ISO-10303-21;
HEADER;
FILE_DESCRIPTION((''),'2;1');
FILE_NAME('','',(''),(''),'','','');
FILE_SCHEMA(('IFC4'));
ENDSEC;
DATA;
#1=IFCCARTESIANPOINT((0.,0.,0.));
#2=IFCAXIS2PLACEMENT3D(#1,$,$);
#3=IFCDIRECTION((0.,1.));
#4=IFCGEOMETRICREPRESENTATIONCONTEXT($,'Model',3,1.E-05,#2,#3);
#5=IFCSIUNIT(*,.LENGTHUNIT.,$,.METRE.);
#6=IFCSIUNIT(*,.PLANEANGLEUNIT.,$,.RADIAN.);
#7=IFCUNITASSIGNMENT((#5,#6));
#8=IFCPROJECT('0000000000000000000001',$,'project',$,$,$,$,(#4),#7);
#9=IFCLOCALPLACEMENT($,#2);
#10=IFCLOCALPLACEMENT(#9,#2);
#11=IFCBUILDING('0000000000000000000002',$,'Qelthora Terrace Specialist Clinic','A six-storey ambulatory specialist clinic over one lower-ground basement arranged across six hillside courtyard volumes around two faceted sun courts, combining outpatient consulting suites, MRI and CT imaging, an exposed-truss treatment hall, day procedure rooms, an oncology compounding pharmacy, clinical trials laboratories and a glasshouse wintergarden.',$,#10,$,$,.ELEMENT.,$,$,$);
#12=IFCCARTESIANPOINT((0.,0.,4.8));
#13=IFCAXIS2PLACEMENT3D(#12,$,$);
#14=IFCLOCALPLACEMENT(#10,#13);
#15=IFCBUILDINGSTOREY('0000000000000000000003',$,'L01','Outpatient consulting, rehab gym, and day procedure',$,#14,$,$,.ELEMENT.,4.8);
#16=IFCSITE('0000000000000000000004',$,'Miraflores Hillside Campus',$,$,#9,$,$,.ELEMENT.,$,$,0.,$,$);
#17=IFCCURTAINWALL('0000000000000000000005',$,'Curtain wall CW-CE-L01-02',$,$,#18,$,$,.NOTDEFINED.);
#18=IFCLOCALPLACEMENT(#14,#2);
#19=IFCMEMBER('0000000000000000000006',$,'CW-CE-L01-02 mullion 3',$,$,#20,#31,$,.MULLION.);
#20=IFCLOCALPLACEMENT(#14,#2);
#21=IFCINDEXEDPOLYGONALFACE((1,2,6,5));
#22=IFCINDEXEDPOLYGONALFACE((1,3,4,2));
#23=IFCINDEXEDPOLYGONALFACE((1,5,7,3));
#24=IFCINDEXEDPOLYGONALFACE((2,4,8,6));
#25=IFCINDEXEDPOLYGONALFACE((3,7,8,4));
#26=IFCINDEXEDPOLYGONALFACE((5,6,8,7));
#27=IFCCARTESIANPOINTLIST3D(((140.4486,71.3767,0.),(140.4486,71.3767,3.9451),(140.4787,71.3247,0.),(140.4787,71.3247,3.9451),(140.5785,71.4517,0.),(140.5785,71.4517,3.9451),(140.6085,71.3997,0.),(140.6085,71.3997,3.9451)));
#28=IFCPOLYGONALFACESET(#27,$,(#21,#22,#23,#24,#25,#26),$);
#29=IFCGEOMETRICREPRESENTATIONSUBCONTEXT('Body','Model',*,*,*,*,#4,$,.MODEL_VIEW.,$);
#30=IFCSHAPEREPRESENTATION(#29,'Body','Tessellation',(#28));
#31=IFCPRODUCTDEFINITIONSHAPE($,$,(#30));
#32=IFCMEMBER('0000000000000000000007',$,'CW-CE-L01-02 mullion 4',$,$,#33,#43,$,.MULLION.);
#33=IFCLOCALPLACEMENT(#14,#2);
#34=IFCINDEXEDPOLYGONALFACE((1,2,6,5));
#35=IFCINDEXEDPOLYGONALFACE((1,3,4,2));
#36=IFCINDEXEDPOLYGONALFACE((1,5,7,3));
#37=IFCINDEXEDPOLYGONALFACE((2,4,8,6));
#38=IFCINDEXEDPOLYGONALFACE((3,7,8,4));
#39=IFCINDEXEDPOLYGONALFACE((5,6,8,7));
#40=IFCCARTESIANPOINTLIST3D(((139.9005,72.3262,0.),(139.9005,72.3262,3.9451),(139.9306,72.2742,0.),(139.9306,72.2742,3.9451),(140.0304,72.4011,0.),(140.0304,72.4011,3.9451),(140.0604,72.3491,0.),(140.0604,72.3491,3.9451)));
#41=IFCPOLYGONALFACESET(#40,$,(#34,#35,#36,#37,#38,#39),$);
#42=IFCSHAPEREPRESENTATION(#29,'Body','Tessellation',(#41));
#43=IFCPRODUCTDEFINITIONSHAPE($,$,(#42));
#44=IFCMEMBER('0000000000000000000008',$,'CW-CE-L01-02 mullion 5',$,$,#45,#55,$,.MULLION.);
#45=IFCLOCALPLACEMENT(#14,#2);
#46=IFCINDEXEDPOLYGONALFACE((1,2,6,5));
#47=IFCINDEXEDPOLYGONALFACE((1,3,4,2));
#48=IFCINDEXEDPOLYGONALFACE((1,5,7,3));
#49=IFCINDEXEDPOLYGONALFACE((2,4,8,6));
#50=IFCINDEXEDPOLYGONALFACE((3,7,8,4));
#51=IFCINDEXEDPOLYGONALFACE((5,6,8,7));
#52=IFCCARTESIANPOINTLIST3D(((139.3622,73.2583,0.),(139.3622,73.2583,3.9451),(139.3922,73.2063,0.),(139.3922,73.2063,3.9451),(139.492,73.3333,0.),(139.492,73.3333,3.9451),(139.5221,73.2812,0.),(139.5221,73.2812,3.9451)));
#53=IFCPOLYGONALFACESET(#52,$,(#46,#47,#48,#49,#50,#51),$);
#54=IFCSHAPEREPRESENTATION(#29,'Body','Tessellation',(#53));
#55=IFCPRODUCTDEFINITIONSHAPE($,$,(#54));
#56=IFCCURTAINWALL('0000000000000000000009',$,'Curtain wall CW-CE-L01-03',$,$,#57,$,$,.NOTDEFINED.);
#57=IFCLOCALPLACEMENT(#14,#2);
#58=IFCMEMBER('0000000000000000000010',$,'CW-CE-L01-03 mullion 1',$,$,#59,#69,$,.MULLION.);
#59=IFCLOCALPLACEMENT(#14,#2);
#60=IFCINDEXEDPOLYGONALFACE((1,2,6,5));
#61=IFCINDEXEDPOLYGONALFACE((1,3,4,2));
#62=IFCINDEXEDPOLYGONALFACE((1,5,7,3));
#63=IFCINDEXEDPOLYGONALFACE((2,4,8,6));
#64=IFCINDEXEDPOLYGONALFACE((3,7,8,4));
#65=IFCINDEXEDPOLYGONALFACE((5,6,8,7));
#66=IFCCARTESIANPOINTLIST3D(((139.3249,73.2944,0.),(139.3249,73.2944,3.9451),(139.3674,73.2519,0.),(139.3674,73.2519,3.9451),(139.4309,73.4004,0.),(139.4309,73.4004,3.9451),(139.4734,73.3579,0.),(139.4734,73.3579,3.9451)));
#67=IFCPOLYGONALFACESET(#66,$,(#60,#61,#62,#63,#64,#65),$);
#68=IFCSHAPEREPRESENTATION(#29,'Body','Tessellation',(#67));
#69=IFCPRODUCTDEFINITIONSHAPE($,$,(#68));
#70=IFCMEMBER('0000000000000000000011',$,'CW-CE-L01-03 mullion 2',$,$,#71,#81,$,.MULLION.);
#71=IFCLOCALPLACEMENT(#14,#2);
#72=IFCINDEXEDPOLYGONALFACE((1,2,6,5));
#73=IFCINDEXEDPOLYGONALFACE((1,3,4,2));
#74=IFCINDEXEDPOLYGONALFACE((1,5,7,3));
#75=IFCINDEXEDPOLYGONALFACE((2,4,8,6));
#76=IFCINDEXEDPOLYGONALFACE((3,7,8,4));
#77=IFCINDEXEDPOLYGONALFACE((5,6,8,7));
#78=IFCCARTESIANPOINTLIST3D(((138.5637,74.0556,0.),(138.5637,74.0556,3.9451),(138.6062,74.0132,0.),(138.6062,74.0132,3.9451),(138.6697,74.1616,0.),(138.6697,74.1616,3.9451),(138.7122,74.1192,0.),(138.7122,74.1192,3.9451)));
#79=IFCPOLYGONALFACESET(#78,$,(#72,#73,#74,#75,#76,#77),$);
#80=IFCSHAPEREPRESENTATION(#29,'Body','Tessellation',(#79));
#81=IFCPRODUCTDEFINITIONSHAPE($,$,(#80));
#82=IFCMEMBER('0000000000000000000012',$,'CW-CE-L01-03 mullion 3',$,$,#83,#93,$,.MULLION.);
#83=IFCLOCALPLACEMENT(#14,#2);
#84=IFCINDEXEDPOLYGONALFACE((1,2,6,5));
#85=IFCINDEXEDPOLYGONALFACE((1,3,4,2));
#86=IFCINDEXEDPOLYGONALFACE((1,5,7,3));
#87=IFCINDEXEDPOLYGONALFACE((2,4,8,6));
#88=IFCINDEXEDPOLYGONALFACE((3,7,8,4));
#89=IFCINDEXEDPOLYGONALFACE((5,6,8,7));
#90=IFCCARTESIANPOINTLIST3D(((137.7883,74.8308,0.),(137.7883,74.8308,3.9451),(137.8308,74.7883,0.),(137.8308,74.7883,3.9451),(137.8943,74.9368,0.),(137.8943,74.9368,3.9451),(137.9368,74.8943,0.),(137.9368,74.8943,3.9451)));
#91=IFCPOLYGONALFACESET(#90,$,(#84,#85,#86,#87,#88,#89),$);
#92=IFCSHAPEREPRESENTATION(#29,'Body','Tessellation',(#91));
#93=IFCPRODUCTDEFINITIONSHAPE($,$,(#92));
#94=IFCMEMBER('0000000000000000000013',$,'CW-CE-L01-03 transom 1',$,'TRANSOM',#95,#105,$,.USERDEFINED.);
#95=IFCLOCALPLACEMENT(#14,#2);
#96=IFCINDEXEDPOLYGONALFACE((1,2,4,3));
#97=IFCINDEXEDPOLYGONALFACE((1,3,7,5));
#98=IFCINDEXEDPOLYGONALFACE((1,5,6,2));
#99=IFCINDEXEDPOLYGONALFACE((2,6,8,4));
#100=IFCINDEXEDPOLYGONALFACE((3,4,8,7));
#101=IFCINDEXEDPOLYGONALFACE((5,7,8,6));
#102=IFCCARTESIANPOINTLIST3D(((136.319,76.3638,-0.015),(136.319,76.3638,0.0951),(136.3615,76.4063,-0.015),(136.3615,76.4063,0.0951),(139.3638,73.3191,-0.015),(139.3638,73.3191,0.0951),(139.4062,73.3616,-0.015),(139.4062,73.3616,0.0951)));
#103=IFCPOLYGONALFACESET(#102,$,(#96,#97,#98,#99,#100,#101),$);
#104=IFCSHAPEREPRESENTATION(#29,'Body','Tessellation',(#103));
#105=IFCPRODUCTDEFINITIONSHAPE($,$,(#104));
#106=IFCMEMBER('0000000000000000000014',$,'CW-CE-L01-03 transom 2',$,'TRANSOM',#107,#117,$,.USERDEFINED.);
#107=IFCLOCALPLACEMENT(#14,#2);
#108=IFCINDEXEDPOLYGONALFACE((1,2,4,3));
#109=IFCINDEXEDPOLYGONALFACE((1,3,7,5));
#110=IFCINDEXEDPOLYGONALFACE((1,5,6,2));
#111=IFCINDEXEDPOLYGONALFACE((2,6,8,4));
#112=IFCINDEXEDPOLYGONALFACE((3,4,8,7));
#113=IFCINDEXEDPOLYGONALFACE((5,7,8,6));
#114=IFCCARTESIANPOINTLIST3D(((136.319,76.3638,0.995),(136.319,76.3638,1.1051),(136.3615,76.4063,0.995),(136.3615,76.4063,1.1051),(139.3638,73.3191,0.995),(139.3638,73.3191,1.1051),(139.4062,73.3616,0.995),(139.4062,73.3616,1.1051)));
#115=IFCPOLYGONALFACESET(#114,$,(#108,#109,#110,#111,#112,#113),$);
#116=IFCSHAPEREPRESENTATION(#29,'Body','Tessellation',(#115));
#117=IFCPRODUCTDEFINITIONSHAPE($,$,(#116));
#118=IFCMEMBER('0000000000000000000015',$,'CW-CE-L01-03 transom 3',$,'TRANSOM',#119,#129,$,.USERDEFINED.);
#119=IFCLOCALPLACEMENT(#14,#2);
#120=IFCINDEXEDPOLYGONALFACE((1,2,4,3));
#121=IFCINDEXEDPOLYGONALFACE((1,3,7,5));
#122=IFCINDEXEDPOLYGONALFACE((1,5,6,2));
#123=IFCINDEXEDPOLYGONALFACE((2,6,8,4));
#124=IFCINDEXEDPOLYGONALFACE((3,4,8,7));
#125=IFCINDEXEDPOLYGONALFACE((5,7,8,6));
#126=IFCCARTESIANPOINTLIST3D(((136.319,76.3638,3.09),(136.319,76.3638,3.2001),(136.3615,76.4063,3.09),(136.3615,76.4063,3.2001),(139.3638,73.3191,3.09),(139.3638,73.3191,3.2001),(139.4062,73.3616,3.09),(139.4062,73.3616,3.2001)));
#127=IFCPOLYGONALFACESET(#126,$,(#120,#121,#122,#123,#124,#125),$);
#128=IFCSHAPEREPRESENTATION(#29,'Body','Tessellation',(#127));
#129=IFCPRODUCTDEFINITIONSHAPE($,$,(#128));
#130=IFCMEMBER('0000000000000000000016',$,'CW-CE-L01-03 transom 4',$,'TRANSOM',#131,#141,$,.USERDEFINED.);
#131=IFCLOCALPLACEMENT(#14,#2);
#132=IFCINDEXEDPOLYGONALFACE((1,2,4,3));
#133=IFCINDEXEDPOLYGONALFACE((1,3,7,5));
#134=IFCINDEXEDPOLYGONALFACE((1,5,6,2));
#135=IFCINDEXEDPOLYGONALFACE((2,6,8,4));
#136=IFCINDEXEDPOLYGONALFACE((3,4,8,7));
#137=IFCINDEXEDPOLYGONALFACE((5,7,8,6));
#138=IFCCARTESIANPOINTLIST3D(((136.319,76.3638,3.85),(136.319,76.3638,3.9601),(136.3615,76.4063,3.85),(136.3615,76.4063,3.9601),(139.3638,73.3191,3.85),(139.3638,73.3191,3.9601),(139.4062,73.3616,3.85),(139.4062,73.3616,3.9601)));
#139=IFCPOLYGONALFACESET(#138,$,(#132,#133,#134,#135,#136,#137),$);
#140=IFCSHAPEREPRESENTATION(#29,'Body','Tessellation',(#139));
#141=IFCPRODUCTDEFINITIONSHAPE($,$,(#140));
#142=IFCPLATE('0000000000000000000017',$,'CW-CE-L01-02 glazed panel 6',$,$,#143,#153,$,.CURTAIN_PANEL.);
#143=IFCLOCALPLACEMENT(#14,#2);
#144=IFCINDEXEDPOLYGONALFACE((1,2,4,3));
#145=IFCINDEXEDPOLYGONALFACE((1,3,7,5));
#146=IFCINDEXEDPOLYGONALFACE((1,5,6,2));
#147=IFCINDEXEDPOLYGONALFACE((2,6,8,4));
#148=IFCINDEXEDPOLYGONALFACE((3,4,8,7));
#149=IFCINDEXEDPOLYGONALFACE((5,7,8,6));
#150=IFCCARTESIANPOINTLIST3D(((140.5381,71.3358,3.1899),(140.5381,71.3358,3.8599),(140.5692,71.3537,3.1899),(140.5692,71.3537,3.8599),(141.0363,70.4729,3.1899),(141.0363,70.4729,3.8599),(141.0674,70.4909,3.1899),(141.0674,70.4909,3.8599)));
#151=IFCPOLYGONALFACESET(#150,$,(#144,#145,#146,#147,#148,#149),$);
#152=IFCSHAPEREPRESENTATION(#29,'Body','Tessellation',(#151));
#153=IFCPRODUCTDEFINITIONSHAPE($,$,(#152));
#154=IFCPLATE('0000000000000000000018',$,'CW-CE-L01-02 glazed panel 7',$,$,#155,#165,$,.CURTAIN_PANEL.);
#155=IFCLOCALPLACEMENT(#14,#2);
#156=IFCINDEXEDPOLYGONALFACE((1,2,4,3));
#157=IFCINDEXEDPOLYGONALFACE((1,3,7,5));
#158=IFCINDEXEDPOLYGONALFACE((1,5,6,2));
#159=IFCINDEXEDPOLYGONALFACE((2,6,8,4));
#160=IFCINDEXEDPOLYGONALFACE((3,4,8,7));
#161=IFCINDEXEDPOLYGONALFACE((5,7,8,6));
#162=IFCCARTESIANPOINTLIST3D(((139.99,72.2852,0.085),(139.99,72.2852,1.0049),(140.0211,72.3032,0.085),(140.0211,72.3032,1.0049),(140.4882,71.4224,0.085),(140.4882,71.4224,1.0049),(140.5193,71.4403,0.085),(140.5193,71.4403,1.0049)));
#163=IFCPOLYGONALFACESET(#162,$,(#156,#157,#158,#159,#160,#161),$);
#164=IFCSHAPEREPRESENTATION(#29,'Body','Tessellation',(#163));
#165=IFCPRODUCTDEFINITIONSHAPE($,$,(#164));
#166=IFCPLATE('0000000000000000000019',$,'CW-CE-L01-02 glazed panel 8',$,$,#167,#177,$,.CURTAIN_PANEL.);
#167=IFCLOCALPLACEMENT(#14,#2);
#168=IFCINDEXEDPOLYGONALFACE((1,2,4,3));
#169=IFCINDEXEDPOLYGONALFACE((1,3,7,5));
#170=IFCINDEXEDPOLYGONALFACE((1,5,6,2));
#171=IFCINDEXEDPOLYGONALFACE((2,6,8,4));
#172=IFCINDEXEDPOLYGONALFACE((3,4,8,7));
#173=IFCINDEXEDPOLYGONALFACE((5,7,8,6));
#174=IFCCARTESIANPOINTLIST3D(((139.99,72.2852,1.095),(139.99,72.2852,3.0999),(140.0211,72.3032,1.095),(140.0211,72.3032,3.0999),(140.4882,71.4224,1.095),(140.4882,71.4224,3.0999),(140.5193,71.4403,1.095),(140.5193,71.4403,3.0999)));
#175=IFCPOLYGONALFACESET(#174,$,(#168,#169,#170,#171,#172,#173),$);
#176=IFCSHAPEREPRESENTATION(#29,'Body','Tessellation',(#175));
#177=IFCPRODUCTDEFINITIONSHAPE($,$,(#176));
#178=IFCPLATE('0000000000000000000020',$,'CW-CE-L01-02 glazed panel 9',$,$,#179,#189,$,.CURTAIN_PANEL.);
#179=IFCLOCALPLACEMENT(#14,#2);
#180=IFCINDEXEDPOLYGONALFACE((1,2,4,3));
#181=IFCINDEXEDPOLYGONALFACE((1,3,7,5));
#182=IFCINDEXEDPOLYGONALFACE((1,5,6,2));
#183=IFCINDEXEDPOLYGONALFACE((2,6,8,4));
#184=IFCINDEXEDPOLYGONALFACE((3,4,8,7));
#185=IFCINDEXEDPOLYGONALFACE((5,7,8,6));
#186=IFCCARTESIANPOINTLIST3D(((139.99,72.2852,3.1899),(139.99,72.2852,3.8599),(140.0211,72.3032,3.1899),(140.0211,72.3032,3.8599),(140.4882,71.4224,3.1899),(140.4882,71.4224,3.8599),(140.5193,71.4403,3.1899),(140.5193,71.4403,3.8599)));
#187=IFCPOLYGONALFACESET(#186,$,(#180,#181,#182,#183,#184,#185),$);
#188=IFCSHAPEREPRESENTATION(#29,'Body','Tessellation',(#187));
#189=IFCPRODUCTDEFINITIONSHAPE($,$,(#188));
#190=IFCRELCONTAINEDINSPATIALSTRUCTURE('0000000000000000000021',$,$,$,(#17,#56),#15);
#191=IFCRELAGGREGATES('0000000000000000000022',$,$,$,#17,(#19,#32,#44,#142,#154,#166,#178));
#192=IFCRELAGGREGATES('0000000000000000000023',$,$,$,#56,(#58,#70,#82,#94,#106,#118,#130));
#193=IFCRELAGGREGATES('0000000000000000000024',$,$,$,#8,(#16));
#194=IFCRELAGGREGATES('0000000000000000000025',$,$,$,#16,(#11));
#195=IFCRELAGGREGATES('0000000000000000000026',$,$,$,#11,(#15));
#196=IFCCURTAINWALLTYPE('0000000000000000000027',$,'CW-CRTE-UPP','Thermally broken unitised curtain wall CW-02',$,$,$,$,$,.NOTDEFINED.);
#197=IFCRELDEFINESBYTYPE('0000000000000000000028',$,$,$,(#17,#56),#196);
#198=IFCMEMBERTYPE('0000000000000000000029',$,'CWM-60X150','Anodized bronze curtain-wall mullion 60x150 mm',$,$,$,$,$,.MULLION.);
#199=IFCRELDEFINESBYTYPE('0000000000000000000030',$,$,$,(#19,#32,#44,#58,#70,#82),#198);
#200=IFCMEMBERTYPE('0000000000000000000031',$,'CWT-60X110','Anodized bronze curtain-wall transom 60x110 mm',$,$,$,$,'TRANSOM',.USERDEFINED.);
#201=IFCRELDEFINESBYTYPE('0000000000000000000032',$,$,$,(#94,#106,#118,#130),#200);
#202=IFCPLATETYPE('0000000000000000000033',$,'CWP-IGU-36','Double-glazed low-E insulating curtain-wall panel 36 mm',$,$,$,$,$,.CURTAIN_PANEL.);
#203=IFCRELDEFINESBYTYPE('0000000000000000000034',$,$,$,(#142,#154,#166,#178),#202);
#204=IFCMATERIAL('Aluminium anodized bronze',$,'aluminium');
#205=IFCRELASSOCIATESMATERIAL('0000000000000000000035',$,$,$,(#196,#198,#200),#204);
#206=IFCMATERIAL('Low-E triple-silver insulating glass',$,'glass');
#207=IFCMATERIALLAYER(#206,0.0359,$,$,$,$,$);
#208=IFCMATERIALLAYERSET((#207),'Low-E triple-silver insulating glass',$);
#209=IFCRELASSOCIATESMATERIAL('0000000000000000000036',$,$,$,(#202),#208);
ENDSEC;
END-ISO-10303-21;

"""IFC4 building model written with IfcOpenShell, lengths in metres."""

from ifc_helpers import new_model, si_unit, direction, frame, origin, origin_2d, place, context, subcontext, project, spatial, rectangle, extrude, material, layer, layer_set, material_profile, profile_set, type_object, element, aggregate, save


model = new_model("IFC4")

# Units and contexts
model_context = context("Model", 3, precision=1e-05, world=origin(), true_north=direction((0.0, 1.0)))
body_context = subcontext(model_context, "Body", "Model", "MODEL_VIEW")
ifc_project = project(units=[si_unit("LENGTHUNIT", "METRE"), si_unit("PLANEANGLEUNIT", "RADIAN")], contexts=[model_context])

# Site, building, storey
site_placement = place(None, origin())
site = spatial("IfcSite", under=ifc_project, at=site_placement, Name="Miraflores Hillside Campus", CompositionType="ELEMENT", RefElevation=0.0)
building_placement = place(site_placement, origin())
building = spatial("IfcBuilding", under=site, at=building_placement, Name="Qelthora Terrace Specialist Clinic", Description="A six-storey ambulatory specialist clinic over one lower-ground basement arranged across six hillside courtyard volumes around two faceted sun courts, combining outpatient consulting suites, MRI and CT imaging, an exposed-truss treatment hall, day procedure rooms, an oncology compounding pharmacy, clinical trials laboratories and a glasshouse wintergarden.", CompositionType="ELEMENT")
storey_placement = place(building_placement, frame((0.0, 0.0, 4.8)))
storey = spatial("IfcBuildingStorey", under=building, at=storey_placement, Name="L01", Description="Outpatient consulting, rehab gym, and day procedure", CompositionType="ELEMENT", Elevation=4.8)

# Curtain walls, members
ifc_material_1 = material(Name="Aluminium anodized bronze", Category="aluminium")
curtain_wall_type = type_object("IfcCurtainWallType", Name="CW-CRTE-UPP", Description="Thermally broken unitised curtain wall CW-02", PredefinedType="NOTDEFINED", material=ifc_material_1)
curtain_wall_1_placement = place(storey_placement, origin())
curtain_wall_1 = element("IfcCurtainWall", 1, at=curtain_wall_1_placement, inside=storey, type_object=curtain_wall_type, Name="Curtain wall CW-CE-L01-02", PredefinedType="NOTDEFINED")
ifc_material_profile_1 = material_profile(ifc_material_1, rectangle(XDim=0.0601, YDim=0.1499, at=origin_2d()), Name="CWM60X150")
ifc_profile_set_1 = profile_set([ifc_material_profile_1], Name="Aluminium anodized bronze")
member_type_1 = type_object("IfcMemberType", Name="CWM-60X150", Description="Anodized bronze curtain-wall mullion 60x150 mm", PredefinedType="MULLION", material=ifc_profile_set_1)
member_1_placement = place(storey_placement, frame((140.5286, 71.3882, 0.0), z_axis=(0.0, 0.0, 1.0), x_axis=(-0.5, 0.866025, 0.0)))
member_1 = element("IfcMember", 2, at=member_1_placement, type_object=member_type_1, Name="CW-CE-L01-02 mullion 3", PredefinedType="MULLION", context=body_context, shape_type="SweptSolid", body=[
    extrude(rectangle(XDim=0.0601, YDim=0.1499, at=origin_2d()), origin(), (0.0, 0.0, 1.0), 3.9451),
])
member_2_placement = place(storey_placement, frame((139.9805, 72.3376, 0.0), z_axis=(0.0, 0.0, 1.0), x_axis=(-0.5, 0.866025, 0.0)))
member_2 = element("IfcMember", 3, at=member_2_placement, type_object=member_type_1, Name="CW-CE-L01-02 mullion 4", PredefinedType="MULLION", context=body_context, shape_type="SweptSolid", body=[
    extrude(rectangle(XDim=0.0601, YDim=0.1499, at=origin_2d()), origin(), (0.0, 0.0, 1.0), 3.9451),
])
member_3_placement = place(storey_placement, frame((139.4421, 73.2698, 0.0), z_axis=(0.0, 0.0, 1.0), x_axis=(-0.5, 0.866025, 0.0)))
member_3 = element("IfcMember", 4, at=member_3_placement, type_object=member_type_1, Name="CW-CE-L01-02 mullion 5", PredefinedType="MULLION", context=body_context, shape_type="SweptSolid", body=[
    extrude(rectangle(XDim=0.0601, YDim=0.1499, at=origin_2d()), origin(), (0.0, 0.0, 1.0), 3.9451),
])
curtain_wall_2_placement = place(storey_placement, origin())
curtain_wall_2 = element("IfcCurtainWall", 5, at=curtain_wall_2_placement, inside=storey, type_object=curtain_wall_type, Name="Curtain wall CW-CE-L01-03", PredefinedType="NOTDEFINED")
member_4_placement = place(storey_placement, frame((139.3992, 73.3262, 0.0), z_axis=(0.0, 0.0, 1.0), x_axis=(-0.707107, 0.707107, 0.0)))
member_4 = element("IfcMember", 6, at=member_4_placement, type_object=member_type_1, Name="CW-CE-L01-03 mullion 1", PredefinedType="MULLION", context=body_context, shape_type="SweptSolid", body=[
    extrude(rectangle(XDim=0.0601, YDim=0.1499, at=origin_2d()), origin(), (0.0, 0.0, 1.0), 3.9451),
])
member_5_placement = place(storey_placement, frame((138.6379, 74.0874, 0.0), z_axis=(0.0, 0.0, 1.0), x_axis=(-0.707107, 0.707107, 0.0)))
member_5 = element("IfcMember", 7, at=member_5_placement, type_object=member_type_1, Name="CW-CE-L01-03 mullion 2", PredefinedType="MULLION", context=body_context, shape_type="SweptSolid", body=[
    extrude(rectangle(XDim=0.0601, YDim=0.1499, at=origin_2d()), origin(), (0.0, 0.0, 1.0), 3.9451),
])
member_6_placement = place(storey_placement, frame((137.8625, 74.8625, 0.0), z_axis=(0.0, 0.0, 1.0), x_axis=(-0.707107, 0.707107, 0.0)))
member_6 = element("IfcMember", 8, at=member_6_placement, type_object=member_type_1, Name="CW-CE-L01-03 mullion 3", PredefinedType="MULLION", context=body_context, shape_type="SweptSolid", body=[
    extrude(rectangle(XDim=0.0601, YDim=0.1499, at=origin_2d()), origin(), (0.0, 0.0, 1.0), 3.9451),
])
ifc_material_profile_2 = material_profile(ifc_material_1, rectangle(XDim=0.0601, YDim=0.1101, at=origin_2d()), Name="CWT60X110")
ifc_profile_set_2 = profile_set([ifc_material_profile_2], Name="Aluminium anodized bronze")
member_type_2 = type_object("IfcMemberType", Name="CWT-60X110", Description="Anodized bronze curtain-wall transom 60x110 mm", ElementType="TRANSOM", PredefinedType="USERDEFINED", material=ifc_profile_set_2)
member_7_placement = place(storey_placement, frame((139.385, 73.3403, 0.04), z_axis=(-0.707107, 0.707107, 0.0), x_axis=(-0.707107, -0.707107, 0.0)))
member_7 = element("IfcMember", 9, at=member_7_placement, type_object=member_type_2, Name="CW-CE-L01-03 transom 1", ObjectType="TRANSOM", PredefinedType="USERDEFINED", context=body_context, shape_type="SweptSolid", body=[
    extrude(rectangle(XDim=0.0601, YDim=0.1101, at=origin_2d()), origin(), (0.0, 0.0, 1.0), 4.3059),
])
member_8_placement = place(storey_placement, frame((139.385, 73.3403, 1.05), z_axis=(-0.707107, 0.707107, 0.0), x_axis=(-0.707107, -0.707107, 0.0)))
member_8 = element("IfcMember", 10, at=member_8_placement, type_object=member_type_2, Name="CW-CE-L01-03 transom 2", ObjectType="TRANSOM", PredefinedType="USERDEFINED", context=body_context, shape_type="SweptSolid", body=[
    extrude(rectangle(XDim=0.0601, YDim=0.1101, at=origin_2d()), origin(), (0.0, 0.0, 1.0), 4.3059),
])
member_9_placement = place(storey_placement, frame((139.385, 73.3403, 3.145), z_axis=(-0.707107, 0.707107, 0.0), x_axis=(-0.707107, -0.707107, 0.0)))
member_9 = element("IfcMember", 11, at=member_9_placement, type_object=member_type_2, Name="CW-CE-L01-03 transom 3", ObjectType="TRANSOM", PredefinedType="USERDEFINED", context=body_context, shape_type="SweptSolid", body=[
    extrude(rectangle(XDim=0.0601, YDim=0.1101, at=origin_2d()), origin(), (0.0, 0.0, 1.0), 4.3059),
])
member_10_placement = place(storey_placement, frame((139.385, 73.3403, 3.905), z_axis=(-0.707107, 0.707107, 0.0), x_axis=(-0.707107, -0.707107, 0.0)))
member_10 = element("IfcMember", 12, at=member_10_placement, type_object=member_type_2, Name="CW-CE-L01-03 transom 4", ObjectType="TRANSOM", PredefinedType="USERDEFINED", context=body_context, shape_type="SweptSolid", body=[
    extrude(rectangle(XDim=0.0601, YDim=0.1101, at=origin_2d()), origin(), (0.0, 0.0, 1.0), 4.3059),
])

# Plates
ifc_material_2 = material(Name="Low-E triple-silver insulating glass", Category="glass")
ifc_layer = layer(ifc_material_2, 0.0359)
ifc_layer_set = layer_set([ifc_layer], Name="Low-E triple-silver insulating glass")
plate_type = type_object("IfcPlateType", Name="CWP-IGU-36", Description="Double-glazed low-E insulating curtain-wall panel 36 mm", PredefinedType="CURTAIN_PANEL", material=ifc_layer_set)
plate_1_placement = place(storey_placement, frame((140.8027, 70.9133, 3.1899), z_axis=(0.0, 0.0, 1.0), x_axis=(-0.5, 0.866025, 0.0)))
plate_1 = element("IfcPlate", 13, at=plate_1_placement, type_object=plate_type, Name="CW-CE-L01-02 glazed panel 6", PredefinedType="CURTAIN_PANEL", context=body_context, shape_type="SweptSolid", body=[
    extrude(rectangle(XDim=0.9963, YDim=0.0359, at=origin_2d()), origin(), (0.0, 0.0, 1.0), 0.6699),
])
plate_2_placement = place(storey_placement, frame((140.2546, 71.8628, 0.085), z_axis=(0.0, 0.0, 1.0), x_axis=(-0.5, 0.866025, 0.0)))
plate_2 = element("IfcPlate", 14, at=plate_2_placement, type_object=plate_type, Name="CW-CE-L01-02 glazed panel 7", PredefinedType="CURTAIN_PANEL", context=body_context, shape_type="SweptSolid", body=[
    extrude(rectangle(XDim=0.9963, YDim=0.0359, at=origin_2d()), origin(), (0.0, 0.0, 1.0), 0.9199),
])
plate_3_placement = place(storey_placement, frame((140.2546, 71.8628, 1.095), z_axis=(0.0, 0.0, 1.0), x_axis=(-0.5, 0.866025, 0.0)))
plate_3 = element("IfcPlate", 15, at=plate_3_placement, type_object=plate_type, Name="CW-CE-L01-02 glazed panel 8", PredefinedType="CURTAIN_PANEL", context=body_context, shape_type="SweptSolid", body=[
    extrude(rectangle(XDim=0.9963, YDim=0.0359, at=origin_2d()), origin(), (0.0, 0.0, 1.0), 2.0049),
])
plate_4_placement = place(storey_placement, frame((140.2546, 71.8628, 3.1899), z_axis=(0.0, 0.0, 1.0), x_axis=(-0.5, 0.866025, 0.0)))
plate_4 = element("IfcPlate", 16, at=plate_4_placement, type_object=plate_type, Name="CW-CE-L01-02 glazed panel 9", PredefinedType="CURTAIN_PANEL", context=body_context, shape_type="SweptSolid", body=[
    extrude(rectangle(XDim=0.9963, YDim=0.0359, at=origin_2d()), origin(), (0.0, 0.0, 1.0), 0.6699),
])
aggregate(curtain_wall_1, [member_1, member_2, member_3, plate_1, plate_2, plate_3, plate_4])
aggregate(curtain_wall_2, [member_4, member_5, member_6, member_7, member_8, member_9, member_10])

save(model, "model.ifc")
